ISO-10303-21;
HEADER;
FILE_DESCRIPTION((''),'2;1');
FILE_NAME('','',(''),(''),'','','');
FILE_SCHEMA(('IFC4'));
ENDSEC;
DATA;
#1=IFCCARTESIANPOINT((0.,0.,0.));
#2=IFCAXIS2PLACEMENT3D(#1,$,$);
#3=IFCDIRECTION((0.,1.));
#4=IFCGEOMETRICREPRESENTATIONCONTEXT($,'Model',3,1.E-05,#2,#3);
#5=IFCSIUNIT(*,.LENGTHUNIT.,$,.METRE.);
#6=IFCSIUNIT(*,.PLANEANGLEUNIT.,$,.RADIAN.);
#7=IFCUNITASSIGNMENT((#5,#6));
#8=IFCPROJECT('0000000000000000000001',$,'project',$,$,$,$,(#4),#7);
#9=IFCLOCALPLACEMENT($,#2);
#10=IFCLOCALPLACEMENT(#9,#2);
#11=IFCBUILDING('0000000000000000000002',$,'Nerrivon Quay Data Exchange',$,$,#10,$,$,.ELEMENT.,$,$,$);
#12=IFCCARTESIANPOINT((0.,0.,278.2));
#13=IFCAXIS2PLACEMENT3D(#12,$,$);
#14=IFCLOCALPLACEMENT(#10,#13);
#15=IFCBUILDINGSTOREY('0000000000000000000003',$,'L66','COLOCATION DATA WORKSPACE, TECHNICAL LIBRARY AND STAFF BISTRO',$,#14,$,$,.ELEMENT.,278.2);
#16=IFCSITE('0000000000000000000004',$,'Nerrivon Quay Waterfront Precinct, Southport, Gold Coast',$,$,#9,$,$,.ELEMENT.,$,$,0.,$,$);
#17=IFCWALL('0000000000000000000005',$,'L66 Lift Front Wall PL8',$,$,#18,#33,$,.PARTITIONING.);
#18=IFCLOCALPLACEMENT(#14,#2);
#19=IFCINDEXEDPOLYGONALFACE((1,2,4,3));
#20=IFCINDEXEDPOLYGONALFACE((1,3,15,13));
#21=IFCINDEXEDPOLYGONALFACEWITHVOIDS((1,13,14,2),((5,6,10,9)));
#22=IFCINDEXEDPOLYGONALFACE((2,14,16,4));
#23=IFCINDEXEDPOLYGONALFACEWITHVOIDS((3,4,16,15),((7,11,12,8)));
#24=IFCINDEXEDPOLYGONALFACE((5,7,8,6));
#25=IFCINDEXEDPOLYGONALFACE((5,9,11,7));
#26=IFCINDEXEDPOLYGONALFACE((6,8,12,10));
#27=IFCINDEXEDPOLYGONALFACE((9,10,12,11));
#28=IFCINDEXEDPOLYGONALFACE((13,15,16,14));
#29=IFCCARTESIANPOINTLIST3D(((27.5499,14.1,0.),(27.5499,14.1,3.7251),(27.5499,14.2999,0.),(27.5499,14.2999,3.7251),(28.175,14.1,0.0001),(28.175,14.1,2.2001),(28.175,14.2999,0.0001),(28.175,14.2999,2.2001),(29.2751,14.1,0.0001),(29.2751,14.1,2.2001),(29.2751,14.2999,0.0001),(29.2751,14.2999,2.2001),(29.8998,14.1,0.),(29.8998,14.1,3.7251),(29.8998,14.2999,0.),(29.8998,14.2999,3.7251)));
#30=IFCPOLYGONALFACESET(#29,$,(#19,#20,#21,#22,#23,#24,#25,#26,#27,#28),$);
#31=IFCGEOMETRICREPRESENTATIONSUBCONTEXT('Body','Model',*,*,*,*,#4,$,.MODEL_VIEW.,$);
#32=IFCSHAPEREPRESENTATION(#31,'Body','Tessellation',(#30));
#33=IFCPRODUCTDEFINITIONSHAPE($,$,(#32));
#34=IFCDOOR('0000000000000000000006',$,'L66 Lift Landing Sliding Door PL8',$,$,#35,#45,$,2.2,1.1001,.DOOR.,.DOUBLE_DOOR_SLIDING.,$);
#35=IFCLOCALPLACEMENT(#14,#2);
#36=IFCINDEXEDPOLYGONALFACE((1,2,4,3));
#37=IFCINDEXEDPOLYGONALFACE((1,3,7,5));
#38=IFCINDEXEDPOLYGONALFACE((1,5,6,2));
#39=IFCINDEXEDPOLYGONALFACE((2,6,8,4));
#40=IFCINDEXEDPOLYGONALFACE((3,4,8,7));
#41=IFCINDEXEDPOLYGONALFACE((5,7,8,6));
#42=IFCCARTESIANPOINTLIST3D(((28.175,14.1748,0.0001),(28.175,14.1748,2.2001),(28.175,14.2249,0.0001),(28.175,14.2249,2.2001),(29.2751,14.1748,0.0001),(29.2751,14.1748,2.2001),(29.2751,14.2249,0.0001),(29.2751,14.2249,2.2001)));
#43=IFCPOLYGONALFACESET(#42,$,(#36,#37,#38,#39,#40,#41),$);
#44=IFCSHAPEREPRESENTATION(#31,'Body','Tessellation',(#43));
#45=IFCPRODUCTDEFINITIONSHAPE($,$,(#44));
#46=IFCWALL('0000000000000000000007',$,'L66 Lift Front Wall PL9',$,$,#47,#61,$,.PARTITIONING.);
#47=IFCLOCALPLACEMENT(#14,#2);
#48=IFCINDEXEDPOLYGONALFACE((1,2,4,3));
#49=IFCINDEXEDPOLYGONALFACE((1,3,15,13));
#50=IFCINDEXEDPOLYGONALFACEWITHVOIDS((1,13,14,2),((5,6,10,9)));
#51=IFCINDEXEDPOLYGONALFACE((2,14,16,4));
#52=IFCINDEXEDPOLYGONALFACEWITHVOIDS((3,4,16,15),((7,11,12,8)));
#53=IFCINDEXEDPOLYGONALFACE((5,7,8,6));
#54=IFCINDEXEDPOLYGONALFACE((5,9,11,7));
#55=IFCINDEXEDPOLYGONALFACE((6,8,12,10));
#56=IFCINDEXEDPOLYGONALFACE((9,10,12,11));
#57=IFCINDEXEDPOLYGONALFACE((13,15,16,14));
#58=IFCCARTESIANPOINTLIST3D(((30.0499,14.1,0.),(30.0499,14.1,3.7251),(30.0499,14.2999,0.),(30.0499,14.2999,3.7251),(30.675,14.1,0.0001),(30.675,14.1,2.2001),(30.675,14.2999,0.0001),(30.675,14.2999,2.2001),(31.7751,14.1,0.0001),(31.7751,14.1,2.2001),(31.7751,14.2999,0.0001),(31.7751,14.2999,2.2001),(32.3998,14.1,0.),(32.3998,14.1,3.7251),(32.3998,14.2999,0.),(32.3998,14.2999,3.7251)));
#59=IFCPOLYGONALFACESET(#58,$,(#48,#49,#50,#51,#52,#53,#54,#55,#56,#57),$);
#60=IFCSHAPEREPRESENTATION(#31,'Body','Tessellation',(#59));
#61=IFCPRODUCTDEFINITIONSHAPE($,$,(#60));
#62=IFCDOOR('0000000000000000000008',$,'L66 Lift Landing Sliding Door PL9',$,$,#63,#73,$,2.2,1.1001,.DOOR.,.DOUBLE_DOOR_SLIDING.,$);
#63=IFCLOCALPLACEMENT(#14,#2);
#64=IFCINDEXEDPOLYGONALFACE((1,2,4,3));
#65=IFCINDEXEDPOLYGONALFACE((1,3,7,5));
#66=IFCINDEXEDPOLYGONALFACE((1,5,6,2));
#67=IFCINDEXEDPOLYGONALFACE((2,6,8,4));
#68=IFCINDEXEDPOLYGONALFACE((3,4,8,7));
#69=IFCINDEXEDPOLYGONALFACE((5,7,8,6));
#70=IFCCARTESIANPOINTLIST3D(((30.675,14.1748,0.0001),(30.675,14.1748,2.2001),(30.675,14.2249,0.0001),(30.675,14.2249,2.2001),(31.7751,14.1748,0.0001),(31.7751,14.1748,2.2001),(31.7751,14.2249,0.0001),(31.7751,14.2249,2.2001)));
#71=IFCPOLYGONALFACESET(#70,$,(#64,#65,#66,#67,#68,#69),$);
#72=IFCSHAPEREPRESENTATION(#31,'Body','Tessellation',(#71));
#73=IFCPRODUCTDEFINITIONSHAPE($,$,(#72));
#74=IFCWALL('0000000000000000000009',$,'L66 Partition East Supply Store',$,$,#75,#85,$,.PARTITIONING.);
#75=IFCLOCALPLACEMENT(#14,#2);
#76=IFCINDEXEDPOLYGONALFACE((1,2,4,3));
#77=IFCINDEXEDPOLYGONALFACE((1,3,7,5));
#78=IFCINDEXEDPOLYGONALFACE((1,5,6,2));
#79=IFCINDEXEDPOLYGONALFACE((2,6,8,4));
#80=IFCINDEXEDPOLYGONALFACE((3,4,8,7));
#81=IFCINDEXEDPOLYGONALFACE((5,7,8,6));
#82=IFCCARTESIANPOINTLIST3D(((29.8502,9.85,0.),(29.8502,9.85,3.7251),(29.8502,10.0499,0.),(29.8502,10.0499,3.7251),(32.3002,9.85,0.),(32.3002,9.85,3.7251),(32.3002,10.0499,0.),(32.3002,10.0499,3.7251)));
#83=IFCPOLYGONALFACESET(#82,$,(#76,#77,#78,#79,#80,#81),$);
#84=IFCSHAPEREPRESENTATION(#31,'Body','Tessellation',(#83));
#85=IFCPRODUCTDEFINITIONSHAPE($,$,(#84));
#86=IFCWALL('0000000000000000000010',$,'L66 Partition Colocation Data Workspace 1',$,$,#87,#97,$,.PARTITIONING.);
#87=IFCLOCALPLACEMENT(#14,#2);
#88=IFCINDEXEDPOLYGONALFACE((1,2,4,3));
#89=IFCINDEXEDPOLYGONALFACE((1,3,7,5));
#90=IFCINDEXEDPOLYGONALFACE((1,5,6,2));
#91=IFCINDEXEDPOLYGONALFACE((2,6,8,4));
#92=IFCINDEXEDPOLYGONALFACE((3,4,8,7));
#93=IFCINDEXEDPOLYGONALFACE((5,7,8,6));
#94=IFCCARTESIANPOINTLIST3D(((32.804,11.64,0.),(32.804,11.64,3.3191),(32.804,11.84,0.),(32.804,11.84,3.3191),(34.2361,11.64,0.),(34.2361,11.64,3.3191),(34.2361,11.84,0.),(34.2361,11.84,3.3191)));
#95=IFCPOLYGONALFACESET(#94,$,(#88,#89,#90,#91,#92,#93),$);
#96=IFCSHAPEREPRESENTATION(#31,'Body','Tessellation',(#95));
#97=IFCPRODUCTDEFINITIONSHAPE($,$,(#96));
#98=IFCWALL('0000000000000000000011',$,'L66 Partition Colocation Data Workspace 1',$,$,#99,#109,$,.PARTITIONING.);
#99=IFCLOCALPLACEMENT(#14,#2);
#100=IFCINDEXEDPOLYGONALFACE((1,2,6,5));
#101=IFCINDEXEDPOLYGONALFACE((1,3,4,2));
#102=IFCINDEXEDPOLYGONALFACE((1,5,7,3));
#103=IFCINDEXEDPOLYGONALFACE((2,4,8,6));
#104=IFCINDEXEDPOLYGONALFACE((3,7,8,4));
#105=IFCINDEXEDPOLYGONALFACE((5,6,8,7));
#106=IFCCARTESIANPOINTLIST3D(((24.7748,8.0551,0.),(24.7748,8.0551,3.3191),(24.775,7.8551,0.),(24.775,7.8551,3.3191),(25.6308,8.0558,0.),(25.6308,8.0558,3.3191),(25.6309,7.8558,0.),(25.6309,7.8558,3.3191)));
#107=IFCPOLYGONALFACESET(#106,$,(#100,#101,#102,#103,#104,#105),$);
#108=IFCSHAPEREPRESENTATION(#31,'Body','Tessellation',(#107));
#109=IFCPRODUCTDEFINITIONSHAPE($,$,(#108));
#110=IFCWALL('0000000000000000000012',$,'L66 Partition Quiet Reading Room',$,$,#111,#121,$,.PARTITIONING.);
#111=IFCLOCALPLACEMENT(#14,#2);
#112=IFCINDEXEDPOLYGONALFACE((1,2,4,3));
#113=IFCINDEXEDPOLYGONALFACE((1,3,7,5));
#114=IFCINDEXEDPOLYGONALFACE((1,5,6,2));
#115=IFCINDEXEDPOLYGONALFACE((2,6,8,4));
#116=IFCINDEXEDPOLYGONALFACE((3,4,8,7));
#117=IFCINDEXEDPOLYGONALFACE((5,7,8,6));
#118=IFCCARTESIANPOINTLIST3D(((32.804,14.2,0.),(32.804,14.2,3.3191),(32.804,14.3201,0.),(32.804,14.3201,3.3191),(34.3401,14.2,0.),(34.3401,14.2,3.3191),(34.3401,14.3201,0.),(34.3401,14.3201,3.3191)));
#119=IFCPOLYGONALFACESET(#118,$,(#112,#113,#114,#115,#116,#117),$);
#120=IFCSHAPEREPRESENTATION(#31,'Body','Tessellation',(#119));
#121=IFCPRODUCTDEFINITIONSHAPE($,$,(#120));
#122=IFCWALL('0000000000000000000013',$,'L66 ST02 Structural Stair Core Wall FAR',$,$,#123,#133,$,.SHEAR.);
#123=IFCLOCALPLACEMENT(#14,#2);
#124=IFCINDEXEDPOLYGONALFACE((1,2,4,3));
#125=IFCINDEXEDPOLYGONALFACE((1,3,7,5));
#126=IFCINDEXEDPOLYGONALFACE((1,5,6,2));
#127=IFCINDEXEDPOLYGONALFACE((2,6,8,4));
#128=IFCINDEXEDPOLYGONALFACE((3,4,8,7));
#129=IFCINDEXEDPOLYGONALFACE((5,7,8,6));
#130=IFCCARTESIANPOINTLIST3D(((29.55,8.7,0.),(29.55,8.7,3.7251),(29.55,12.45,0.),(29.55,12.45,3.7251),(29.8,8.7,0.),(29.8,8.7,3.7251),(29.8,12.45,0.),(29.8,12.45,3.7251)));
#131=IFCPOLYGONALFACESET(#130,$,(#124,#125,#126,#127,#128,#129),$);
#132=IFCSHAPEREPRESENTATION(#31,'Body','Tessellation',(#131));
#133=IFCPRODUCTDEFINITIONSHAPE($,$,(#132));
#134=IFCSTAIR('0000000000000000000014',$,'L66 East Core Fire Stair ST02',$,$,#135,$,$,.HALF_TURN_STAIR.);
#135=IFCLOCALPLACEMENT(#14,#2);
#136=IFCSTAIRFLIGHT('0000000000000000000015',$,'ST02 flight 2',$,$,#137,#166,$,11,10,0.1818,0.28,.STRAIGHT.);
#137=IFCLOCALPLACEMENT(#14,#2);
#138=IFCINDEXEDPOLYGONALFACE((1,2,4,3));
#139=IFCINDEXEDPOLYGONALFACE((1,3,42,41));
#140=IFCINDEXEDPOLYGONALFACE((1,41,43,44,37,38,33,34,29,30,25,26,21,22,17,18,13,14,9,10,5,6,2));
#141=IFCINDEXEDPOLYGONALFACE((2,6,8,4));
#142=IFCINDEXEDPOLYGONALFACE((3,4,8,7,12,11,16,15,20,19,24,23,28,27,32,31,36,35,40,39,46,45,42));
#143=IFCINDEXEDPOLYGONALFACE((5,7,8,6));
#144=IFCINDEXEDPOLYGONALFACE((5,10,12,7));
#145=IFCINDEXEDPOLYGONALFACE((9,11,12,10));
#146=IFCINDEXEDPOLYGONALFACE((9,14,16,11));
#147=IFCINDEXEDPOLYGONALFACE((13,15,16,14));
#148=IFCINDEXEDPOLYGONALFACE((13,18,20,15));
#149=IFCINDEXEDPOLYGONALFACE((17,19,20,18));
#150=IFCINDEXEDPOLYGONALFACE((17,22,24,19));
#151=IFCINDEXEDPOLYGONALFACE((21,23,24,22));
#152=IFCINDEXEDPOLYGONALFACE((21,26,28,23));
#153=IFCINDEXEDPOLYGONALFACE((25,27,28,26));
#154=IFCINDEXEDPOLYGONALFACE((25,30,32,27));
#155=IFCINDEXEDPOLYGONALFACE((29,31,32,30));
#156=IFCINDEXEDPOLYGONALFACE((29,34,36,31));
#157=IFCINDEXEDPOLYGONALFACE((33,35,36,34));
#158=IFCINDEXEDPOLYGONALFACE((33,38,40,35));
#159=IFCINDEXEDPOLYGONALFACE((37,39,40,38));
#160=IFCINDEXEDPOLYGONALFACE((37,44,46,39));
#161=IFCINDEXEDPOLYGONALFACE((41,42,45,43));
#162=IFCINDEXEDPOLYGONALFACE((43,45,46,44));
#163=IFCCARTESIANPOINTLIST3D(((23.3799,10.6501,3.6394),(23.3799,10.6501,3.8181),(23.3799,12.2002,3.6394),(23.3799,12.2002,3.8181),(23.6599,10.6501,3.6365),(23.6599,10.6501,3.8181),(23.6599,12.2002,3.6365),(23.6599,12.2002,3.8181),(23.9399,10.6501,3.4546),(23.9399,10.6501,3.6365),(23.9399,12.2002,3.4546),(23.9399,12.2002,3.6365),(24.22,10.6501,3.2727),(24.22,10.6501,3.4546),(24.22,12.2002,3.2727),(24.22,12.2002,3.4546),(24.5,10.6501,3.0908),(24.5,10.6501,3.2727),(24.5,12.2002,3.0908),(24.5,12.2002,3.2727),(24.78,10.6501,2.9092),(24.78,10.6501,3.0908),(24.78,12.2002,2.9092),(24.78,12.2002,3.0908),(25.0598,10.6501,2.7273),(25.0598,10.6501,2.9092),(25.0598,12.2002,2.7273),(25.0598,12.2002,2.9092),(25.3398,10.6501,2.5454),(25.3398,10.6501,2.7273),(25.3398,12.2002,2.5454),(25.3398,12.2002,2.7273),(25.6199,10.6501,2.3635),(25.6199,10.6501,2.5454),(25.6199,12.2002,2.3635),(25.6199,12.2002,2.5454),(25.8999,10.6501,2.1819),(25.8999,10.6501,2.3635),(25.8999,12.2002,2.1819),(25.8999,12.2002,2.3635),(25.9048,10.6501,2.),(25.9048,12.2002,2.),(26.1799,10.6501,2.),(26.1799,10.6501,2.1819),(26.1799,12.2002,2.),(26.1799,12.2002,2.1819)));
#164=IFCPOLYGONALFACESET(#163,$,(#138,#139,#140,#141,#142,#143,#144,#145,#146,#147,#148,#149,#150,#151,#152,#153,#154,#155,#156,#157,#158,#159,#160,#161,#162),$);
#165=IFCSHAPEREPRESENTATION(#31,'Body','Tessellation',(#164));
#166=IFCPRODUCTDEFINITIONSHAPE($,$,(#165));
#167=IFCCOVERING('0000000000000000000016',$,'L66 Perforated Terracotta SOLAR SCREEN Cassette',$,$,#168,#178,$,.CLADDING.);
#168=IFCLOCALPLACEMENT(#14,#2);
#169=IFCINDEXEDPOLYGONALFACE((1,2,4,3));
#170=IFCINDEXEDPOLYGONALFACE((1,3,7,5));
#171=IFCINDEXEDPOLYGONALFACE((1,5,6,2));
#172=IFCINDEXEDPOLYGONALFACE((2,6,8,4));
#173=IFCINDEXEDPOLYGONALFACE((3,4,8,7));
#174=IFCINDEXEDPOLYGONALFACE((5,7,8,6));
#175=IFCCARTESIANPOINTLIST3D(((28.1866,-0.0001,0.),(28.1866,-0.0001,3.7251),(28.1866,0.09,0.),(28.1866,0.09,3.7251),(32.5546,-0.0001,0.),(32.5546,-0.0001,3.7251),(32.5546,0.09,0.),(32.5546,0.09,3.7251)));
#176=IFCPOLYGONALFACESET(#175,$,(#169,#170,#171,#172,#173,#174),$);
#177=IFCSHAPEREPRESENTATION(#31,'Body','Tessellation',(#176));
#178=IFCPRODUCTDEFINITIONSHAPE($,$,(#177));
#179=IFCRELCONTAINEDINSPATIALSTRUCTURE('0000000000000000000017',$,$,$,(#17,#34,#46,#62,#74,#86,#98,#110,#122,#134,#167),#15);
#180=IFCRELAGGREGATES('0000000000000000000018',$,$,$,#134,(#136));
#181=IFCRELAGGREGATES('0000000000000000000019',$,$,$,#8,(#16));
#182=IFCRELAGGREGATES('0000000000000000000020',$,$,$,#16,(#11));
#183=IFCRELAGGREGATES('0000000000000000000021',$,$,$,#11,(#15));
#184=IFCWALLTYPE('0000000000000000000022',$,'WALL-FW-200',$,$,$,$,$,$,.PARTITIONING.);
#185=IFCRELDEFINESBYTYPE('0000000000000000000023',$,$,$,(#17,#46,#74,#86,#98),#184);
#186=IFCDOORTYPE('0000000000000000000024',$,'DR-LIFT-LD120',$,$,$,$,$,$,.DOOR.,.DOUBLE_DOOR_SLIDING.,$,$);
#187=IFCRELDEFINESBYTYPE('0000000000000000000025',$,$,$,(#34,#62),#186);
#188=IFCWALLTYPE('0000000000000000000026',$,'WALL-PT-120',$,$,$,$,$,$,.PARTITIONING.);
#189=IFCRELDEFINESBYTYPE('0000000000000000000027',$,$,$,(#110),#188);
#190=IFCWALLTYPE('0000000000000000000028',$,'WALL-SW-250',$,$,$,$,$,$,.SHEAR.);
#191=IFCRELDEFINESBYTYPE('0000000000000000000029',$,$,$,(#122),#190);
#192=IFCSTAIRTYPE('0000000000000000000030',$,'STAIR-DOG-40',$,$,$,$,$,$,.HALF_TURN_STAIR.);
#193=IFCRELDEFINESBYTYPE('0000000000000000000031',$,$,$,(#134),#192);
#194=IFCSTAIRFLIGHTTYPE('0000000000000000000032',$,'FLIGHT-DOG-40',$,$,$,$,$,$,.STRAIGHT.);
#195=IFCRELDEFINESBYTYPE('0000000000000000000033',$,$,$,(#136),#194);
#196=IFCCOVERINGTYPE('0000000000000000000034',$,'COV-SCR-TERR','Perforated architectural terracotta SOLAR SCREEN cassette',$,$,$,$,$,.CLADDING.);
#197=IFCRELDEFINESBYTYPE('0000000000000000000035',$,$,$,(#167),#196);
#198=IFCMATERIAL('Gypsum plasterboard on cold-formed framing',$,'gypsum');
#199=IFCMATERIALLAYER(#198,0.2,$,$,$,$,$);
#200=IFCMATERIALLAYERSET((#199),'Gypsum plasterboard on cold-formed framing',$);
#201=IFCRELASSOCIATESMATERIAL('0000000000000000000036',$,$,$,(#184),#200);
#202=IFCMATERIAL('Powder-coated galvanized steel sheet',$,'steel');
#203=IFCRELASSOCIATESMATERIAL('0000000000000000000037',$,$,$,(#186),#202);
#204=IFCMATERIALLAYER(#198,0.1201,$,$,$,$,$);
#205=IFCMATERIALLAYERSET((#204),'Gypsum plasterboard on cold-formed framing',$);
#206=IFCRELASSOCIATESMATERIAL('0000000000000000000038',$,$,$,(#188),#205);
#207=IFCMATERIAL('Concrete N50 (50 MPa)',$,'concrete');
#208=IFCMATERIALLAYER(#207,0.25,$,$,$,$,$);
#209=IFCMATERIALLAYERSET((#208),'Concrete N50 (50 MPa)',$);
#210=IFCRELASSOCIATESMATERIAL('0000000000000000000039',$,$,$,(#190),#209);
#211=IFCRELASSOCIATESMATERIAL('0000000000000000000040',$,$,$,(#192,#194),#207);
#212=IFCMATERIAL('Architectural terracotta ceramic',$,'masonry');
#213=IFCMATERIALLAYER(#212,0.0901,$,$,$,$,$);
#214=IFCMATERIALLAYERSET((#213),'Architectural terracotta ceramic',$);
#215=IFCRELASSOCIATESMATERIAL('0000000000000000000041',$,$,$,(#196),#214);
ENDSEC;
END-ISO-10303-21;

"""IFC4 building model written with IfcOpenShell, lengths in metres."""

from ifc_helpers import new_model, si_unit, direction, frame, frame_2d, origin, origin_2d, place, context, subcontext, project, spatial, polyline, rectangle, outline, extrude, material, layer, layer_set, type_object, element, fill, aggregate, save


model = new_model("IFC4")

# Units and contexts
model_context = context("Model", 3, precision=1e-05, world=origin(), true_north=direction((0.0, 1.0)))
body_context = subcontext(model_context, "Body", "Model", "MODEL_VIEW")
ifc_project = project(units=[si_unit("LENGTHUNIT", "METRE"), si_unit("PLANEANGLEUNIT", "RADIAN")], contexts=[model_context])

# Site, building, storey
site_placement = place(None, origin())
site = spatial("IfcSite", under=ifc_project, at=site_placement, Name="Nerrivon Quay Waterfront Precinct, Southport, Gold Coast", CompositionType="ELEMENT", RefElevation=0.0)
building_placement = place(site_placement, origin())
building = spatial("IfcBuilding", under=site, at=building_placement, Name="Nerrivon Quay Data Exchange", CompositionType="ELEMENT")
storey_placement = place(building_placement, frame((0.0, 0.0, 278.2)))
storey = spatial("IfcBuildingStorey", under=building, at=storey_placement, Name="L66", Description="COLOCATION DATA WORKSPACE, TECHNICAL LIBRARY AND STAFF BISTRO", CompositionType="ELEMENT", Elevation=278.2)

# Shared definitions
ifc_material_1 = material(Name="Concrete N50 (50 MPa)", Category="concrete")

# Walls, openings, doors
ifc_material_2 = material(Name="Powder-coated galvanized steel sheet", Category="steel")
ifc_material_3 = material(Name="Gypsum plasterboard on cold-formed framing", Category="gypsum")
ifc_layer_1 = layer(ifc_material_3, 0.2)
ifc_layer_set_1 = layer_set([ifc_layer_1], Name="Gypsum plasterboard on cold-formed framing")
wall_type_1 = type_object("IfcWallType", Name="WALL-FW-200", PredefinedType="PARTITIONING", material=ifc_layer_set_1)
wall_1_placement = place(storey_placement, frame((27.55, 14.2, 0.0), z_axis=(0.0, 0.0, 1.0), x_axis=(1.0, 0.0, 0.0)))
wall_1 = element("IfcWall", 1, at=wall_1_placement, inside=storey, type_object=wall_type_1, Name="L66 Lift Front Wall PL8", PredefinedType="PARTITIONING", context=body_context, shape_type="SweptSolid", body=[
    extrude(rectangle(XDim=2.3499, YDim=0.2, at=frame_2d((1.1748, 0.0))), origin(), (0.0, 0.0, 1.0), 3.7251),
])
opening_1_placement = place(wall_1_placement, frame((0.625, 0.0, 0.0)))
opening_1 = element("IfcOpeningElement", 2, at=opening_1_placement, cuts=wall_1, PredefinedType="OPENING", context=body_context, shape_type="SweptSolid", body=[
    extrude(rectangle(XDim=1.1001, YDim=2.2, at=frame_2d((0.55, 1.1001))), frame((0.0, 0.1099, 0.0), z_axis=(0.0, -1.0, 0.0), x_axis=(1.0, 0.0, 0.0)), (0.0, 0.0, 1.0), 0.22),
])
door_type_1 = type_object("IfcDoorType", Name="DR-LIFT-LD120", OperationType="DOUBLE_DOOR_SLIDING", PredefinedType="DOOR", material=ifc_material_2)
door_1_placement = place(opening_1_placement, origin())
door_1 = element("IfcDoor", 3, at=door_1_placement, inside=storey, type_object=door_type_1, Name="L66 Lift Landing Sliding Door PL8", OperationType="DOUBLE_DOOR_SLIDING", OverallHeight=2.2, OverallWidth=1.1001, PredefinedType="DOOR", context=body_context, shape_type="SweptSolid", body=[
    extrude(rectangle(XDim=1.1001, YDim=2.2, at=frame_2d((0.55, 1.1001))), frame((0.0, 0.0249, 0.0), z_axis=(0.0, -1.0, 0.0), x_axis=(1.0, 0.0, 0.0)), (0.0, 0.0, 1.0), 0.05),
])
fill(opening_1, door_1)
wall_2_placement = place(storey_placement, frame((30.05, 14.2, 0.0), z_axis=(0.0, 0.0, 1.0), x_axis=(1.0, 0.0, 0.0)))
wall_2 = element("IfcWall", 4, at=wall_2_placement, inside=storey, type_object=wall_type_1, Name="L66 Lift Front Wall PL9", PredefinedType="PARTITIONING", context=body_context, shape_type="SweptSolid", body=[
    extrude(rectangle(XDim=2.3499, YDim=0.2, at=frame_2d((1.1748, 0.0))), origin(), (0.0, 0.0, 1.0), 3.7251),
])
opening_2_placement = place(wall_2_placement, frame((0.625, 0.0, 0.0)))
opening_2 = element("IfcOpeningElement", 5, at=opening_2_placement, cuts=wall_2, PredefinedType="OPENING", context=body_context, shape_type="SweptSolid", body=[
    extrude(rectangle(XDim=1.1001, YDim=2.2, at=frame_2d((0.55, 1.1001))), frame((0.0, 0.1099, 0.0), z_axis=(0.0, -1.0, 0.0), x_axis=(1.0, 0.0, 0.0)), (0.0, 0.0, 1.0), 0.22),
])
door_2_placement = place(opening_2_placement, origin())
door_2 = element("IfcDoor", 6, at=door_2_placement, inside=storey, type_object=door_type_1, Name="L66 Lift Landing Sliding Door PL9", OperationType="DOUBLE_DOOR_SLIDING", OverallHeight=2.2, OverallWidth=1.1001, PredefinedType="DOOR", context=body_context, shape_type="SweptSolid", body=[
    extrude(rectangle(XDim=1.1001, YDim=2.2, at=frame_2d((0.55, 1.1001))), frame((0.0, 0.0249, 0.0), z_axis=(0.0, -1.0, 0.0), x_axis=(1.0, 0.0, 0.0)), (0.0, 0.0, 1.0), 0.05),
])
fill(opening_2, door_2)

# Walls
wall_3_placement = place(storey_placement, frame((29.8501, 9.95, 0.0), z_axis=(0.0, 0.0, 1.0), x_axis=(1.0, 0.0, 0.0)))
element("IfcWall", 7, at=wall_3_placement, inside=storey, type_object=wall_type_1, Name="L66 Partition East Supply Store", PredefinedType="PARTITIONING", context=body_context, shape_type="SweptSolid", body=[
    extrude(rectangle(XDim=2.45, YDim=0.2, at=frame_2d((1.2251, 0.0))), origin(), (0.0, 0.0, 1.0), 3.7251),
])
wall_4_placement = place(storey_placement, frame((34.2361, 11.74, 0.0), z_axis=(0.0, 0.0, 1.0), x_axis=(-1.0, 0.0, 0.0)))
element("IfcWall", 8, at=wall_4_placement, inside=storey, type_object=wall_type_1, Name="L66 Partition Colocation Data Workspace 1", PredefinedType="PARTITIONING", context=body_context, shape_type="SweptSolid", body=[
    extrude(rectangle(XDim=1.4321, YDim=0.2, at=frame_2d((0.7161, 0.0))), origin(), (0.0, 0.0, 1.0), 3.3191),
])
wall_5_placement = place(storey_placement, frame((25.6309, 7.9558, 0.0), z_axis=(0.0, 0.0, 1.0), x_axis=(-1.0, -0.000856, 0.0)))
element("IfcWall", 9, at=wall_5_placement, inside=storey, type_object=wall_type_1, Name="L66 Partition Colocation Data Workspace 1", PredefinedType="PARTITIONING", context=body_context, shape_type="SweptSolid", body=[
    extrude(rectangle(XDim=0.856, YDim=0.2, at=frame_2d((0.428, 0.0))), origin(), (0.0, 0.0, 1.0), 3.3191),
])
ifc_layer_2 = layer(ifc_material_3, 0.1201)
ifc_layer_set_2 = layer_set([ifc_layer_2], Name="Gypsum plasterboard on cold-formed framing")
wall_type_2 = type_object("IfcWallType", Name="WALL-PT-120", PredefinedType="PARTITIONING", material=ifc_layer_set_2)
wall_6_placement = place(storey_placement, frame((32.804, 14.26, 0.0), z_axis=(0.0, 0.0, 1.0), x_axis=(1.0, 0.0, 0.0)))
element("IfcWall", 10, at=wall_6_placement, inside=storey, type_object=wall_type_2, Name="L66 Partition Quiet Reading Room", PredefinedType="PARTITIONING", context=body_context, shape_type="SweptSolid", body=[
    extrude(rectangle(XDim=1.5361, YDim=0.1201, at=frame_2d((0.7681, 0.0))), origin(), (0.0, 0.0, 1.0), 3.3191),
])
ifc_layer_3 = layer(ifc_material_1, 0.25)
ifc_layer_set_3 = layer_set([ifc_layer_3], Name="Concrete N50 (50 MPa)")
wall_type_3 = type_object("IfcWallType", Name="WALL-SW-250", PredefinedType="SHEAR", material=ifc_layer_set_3)
wall_7_placement = place(storey_placement, frame((29.675, 8.7, 0.0), z_axis=(0.0, 0.0, 1.0), x_axis=(0.0, 1.0, 0.0)))
element("IfcWall", 11, at=wall_7_placement, inside=storey, type_object=wall_type_3, Name="L66 ST02 Structural Stair Core Wall FAR", PredefinedType="SHEAR", context=body_context, shape_type="SweptSolid", body=[
    extrude(rectangle(XDim=3.75, YDim=0.25, at=frame_2d((1.875, 0.0))), origin(), (0.0, 0.0, 1.0), 3.7251),
])

# Stair, stair flight
stair_type = type_object("IfcStairType", Name="STAIR-DOG-40", PredefinedType="HALF_TURN_STAIR", material=ifc_material_1)
stair_placement = place(storey_placement, origin())
stair = element("IfcStair", 12, at=stair_placement, inside=storey, type_object=stair_type, Name="L66 East Core Fire Stair ST02", PredefinedType="HALF_TURN_STAIR")
stair_flight_type = type_object("IfcStairFlightType", Name="FLIGHT-DOG-40", PredefinedType="STRAIGHT", material=ifc_material_1)
stair_flight_placement = place(storey_placement, frame((26.1799, 11.425, 2.0), z_axis=(0.0, 0.0, 1.0), x_axis=(-1.0, 0.0, 0.0)))
stair_flight = element("IfcStairFlight", 13, at=stair_flight_placement, type_object=stair_flight_type, Name="ST02 flight 2", NumberOfRisers=11, NumberOfTreads=10, PredefinedType="STRAIGHT", RiserHeight=0.1818, TreadLength=0.28, context=body_context, shape_type="SweptSolid", body=[
    extrude(outline(polyline([(0.0, 0.0), (0.0, 0.1819), (0.28, 0.1819), (0.28, 0.3635), (0.5601, 0.3635), (0.5601, 0.5454), (0.8401, 0.5454), (0.8401, 0.7273), (1.1201, 0.7273), (1.1201, 0.9092), (1.3999, 0.9092), (1.3999, 1.0908), (1.6799, 1.0908), (1.6799, 1.2727), (1.96, 1.2727), (1.96, 1.4546), (2.24, 1.4546), (2.24, 1.6365), (2.52, 1.6365), (2.52, 1.8181), (2.8, 1.8181), (2.8, 2.0), (2.8, 1.6394), (0.2751, 0.0), (0.0, 0.0)])), frame((0.0, 0.7749, 0.0), z_axis=(0.0, -1.0, 0.0), x_axis=(1.0, 0.0, 0.0)), (0.0, 0.0, 1.0), 1.55),
])
aggregate(stair, [stair_flight])

# Covering
ifc_material_4 = material(Name="Architectural terracotta ceramic", Category="masonry")
ifc_layer_4 = layer(ifc_material_4, 0.0901)
ifc_layer_set_4 = layer_set([ifc_layer_4], Name="Architectural terracotta ceramic")
covering_type = type_object("IfcCoveringType", Name="COV-SCR-TERR", Description="Perforated architectural terracotta SOLAR SCREEN cassette", PredefinedType="CLADDING", material=ifc_layer_set_4)
covering_placement = place(storey_placement, frame((30.3706, 0.0449, 0.0), z_axis=(0.0, 0.0, 1.0), x_axis=(-1.0, 0.0, 0.0)))
element("IfcCovering", 14, at=covering_placement, inside=storey, type_object=covering_type, Name="L66 Perforated Terracotta SOLAR SCREEN Cassette", PredefinedType="CLADDING", context=body_context, shape_type="SweptSolid", body=[
    extrude(rectangle(XDim=4.3679, YDim=0.0901, at=origin_2d()), origin(), (0.0, 0.0, 1.0), 3.7251),
])

save(model, "model.ifc")
